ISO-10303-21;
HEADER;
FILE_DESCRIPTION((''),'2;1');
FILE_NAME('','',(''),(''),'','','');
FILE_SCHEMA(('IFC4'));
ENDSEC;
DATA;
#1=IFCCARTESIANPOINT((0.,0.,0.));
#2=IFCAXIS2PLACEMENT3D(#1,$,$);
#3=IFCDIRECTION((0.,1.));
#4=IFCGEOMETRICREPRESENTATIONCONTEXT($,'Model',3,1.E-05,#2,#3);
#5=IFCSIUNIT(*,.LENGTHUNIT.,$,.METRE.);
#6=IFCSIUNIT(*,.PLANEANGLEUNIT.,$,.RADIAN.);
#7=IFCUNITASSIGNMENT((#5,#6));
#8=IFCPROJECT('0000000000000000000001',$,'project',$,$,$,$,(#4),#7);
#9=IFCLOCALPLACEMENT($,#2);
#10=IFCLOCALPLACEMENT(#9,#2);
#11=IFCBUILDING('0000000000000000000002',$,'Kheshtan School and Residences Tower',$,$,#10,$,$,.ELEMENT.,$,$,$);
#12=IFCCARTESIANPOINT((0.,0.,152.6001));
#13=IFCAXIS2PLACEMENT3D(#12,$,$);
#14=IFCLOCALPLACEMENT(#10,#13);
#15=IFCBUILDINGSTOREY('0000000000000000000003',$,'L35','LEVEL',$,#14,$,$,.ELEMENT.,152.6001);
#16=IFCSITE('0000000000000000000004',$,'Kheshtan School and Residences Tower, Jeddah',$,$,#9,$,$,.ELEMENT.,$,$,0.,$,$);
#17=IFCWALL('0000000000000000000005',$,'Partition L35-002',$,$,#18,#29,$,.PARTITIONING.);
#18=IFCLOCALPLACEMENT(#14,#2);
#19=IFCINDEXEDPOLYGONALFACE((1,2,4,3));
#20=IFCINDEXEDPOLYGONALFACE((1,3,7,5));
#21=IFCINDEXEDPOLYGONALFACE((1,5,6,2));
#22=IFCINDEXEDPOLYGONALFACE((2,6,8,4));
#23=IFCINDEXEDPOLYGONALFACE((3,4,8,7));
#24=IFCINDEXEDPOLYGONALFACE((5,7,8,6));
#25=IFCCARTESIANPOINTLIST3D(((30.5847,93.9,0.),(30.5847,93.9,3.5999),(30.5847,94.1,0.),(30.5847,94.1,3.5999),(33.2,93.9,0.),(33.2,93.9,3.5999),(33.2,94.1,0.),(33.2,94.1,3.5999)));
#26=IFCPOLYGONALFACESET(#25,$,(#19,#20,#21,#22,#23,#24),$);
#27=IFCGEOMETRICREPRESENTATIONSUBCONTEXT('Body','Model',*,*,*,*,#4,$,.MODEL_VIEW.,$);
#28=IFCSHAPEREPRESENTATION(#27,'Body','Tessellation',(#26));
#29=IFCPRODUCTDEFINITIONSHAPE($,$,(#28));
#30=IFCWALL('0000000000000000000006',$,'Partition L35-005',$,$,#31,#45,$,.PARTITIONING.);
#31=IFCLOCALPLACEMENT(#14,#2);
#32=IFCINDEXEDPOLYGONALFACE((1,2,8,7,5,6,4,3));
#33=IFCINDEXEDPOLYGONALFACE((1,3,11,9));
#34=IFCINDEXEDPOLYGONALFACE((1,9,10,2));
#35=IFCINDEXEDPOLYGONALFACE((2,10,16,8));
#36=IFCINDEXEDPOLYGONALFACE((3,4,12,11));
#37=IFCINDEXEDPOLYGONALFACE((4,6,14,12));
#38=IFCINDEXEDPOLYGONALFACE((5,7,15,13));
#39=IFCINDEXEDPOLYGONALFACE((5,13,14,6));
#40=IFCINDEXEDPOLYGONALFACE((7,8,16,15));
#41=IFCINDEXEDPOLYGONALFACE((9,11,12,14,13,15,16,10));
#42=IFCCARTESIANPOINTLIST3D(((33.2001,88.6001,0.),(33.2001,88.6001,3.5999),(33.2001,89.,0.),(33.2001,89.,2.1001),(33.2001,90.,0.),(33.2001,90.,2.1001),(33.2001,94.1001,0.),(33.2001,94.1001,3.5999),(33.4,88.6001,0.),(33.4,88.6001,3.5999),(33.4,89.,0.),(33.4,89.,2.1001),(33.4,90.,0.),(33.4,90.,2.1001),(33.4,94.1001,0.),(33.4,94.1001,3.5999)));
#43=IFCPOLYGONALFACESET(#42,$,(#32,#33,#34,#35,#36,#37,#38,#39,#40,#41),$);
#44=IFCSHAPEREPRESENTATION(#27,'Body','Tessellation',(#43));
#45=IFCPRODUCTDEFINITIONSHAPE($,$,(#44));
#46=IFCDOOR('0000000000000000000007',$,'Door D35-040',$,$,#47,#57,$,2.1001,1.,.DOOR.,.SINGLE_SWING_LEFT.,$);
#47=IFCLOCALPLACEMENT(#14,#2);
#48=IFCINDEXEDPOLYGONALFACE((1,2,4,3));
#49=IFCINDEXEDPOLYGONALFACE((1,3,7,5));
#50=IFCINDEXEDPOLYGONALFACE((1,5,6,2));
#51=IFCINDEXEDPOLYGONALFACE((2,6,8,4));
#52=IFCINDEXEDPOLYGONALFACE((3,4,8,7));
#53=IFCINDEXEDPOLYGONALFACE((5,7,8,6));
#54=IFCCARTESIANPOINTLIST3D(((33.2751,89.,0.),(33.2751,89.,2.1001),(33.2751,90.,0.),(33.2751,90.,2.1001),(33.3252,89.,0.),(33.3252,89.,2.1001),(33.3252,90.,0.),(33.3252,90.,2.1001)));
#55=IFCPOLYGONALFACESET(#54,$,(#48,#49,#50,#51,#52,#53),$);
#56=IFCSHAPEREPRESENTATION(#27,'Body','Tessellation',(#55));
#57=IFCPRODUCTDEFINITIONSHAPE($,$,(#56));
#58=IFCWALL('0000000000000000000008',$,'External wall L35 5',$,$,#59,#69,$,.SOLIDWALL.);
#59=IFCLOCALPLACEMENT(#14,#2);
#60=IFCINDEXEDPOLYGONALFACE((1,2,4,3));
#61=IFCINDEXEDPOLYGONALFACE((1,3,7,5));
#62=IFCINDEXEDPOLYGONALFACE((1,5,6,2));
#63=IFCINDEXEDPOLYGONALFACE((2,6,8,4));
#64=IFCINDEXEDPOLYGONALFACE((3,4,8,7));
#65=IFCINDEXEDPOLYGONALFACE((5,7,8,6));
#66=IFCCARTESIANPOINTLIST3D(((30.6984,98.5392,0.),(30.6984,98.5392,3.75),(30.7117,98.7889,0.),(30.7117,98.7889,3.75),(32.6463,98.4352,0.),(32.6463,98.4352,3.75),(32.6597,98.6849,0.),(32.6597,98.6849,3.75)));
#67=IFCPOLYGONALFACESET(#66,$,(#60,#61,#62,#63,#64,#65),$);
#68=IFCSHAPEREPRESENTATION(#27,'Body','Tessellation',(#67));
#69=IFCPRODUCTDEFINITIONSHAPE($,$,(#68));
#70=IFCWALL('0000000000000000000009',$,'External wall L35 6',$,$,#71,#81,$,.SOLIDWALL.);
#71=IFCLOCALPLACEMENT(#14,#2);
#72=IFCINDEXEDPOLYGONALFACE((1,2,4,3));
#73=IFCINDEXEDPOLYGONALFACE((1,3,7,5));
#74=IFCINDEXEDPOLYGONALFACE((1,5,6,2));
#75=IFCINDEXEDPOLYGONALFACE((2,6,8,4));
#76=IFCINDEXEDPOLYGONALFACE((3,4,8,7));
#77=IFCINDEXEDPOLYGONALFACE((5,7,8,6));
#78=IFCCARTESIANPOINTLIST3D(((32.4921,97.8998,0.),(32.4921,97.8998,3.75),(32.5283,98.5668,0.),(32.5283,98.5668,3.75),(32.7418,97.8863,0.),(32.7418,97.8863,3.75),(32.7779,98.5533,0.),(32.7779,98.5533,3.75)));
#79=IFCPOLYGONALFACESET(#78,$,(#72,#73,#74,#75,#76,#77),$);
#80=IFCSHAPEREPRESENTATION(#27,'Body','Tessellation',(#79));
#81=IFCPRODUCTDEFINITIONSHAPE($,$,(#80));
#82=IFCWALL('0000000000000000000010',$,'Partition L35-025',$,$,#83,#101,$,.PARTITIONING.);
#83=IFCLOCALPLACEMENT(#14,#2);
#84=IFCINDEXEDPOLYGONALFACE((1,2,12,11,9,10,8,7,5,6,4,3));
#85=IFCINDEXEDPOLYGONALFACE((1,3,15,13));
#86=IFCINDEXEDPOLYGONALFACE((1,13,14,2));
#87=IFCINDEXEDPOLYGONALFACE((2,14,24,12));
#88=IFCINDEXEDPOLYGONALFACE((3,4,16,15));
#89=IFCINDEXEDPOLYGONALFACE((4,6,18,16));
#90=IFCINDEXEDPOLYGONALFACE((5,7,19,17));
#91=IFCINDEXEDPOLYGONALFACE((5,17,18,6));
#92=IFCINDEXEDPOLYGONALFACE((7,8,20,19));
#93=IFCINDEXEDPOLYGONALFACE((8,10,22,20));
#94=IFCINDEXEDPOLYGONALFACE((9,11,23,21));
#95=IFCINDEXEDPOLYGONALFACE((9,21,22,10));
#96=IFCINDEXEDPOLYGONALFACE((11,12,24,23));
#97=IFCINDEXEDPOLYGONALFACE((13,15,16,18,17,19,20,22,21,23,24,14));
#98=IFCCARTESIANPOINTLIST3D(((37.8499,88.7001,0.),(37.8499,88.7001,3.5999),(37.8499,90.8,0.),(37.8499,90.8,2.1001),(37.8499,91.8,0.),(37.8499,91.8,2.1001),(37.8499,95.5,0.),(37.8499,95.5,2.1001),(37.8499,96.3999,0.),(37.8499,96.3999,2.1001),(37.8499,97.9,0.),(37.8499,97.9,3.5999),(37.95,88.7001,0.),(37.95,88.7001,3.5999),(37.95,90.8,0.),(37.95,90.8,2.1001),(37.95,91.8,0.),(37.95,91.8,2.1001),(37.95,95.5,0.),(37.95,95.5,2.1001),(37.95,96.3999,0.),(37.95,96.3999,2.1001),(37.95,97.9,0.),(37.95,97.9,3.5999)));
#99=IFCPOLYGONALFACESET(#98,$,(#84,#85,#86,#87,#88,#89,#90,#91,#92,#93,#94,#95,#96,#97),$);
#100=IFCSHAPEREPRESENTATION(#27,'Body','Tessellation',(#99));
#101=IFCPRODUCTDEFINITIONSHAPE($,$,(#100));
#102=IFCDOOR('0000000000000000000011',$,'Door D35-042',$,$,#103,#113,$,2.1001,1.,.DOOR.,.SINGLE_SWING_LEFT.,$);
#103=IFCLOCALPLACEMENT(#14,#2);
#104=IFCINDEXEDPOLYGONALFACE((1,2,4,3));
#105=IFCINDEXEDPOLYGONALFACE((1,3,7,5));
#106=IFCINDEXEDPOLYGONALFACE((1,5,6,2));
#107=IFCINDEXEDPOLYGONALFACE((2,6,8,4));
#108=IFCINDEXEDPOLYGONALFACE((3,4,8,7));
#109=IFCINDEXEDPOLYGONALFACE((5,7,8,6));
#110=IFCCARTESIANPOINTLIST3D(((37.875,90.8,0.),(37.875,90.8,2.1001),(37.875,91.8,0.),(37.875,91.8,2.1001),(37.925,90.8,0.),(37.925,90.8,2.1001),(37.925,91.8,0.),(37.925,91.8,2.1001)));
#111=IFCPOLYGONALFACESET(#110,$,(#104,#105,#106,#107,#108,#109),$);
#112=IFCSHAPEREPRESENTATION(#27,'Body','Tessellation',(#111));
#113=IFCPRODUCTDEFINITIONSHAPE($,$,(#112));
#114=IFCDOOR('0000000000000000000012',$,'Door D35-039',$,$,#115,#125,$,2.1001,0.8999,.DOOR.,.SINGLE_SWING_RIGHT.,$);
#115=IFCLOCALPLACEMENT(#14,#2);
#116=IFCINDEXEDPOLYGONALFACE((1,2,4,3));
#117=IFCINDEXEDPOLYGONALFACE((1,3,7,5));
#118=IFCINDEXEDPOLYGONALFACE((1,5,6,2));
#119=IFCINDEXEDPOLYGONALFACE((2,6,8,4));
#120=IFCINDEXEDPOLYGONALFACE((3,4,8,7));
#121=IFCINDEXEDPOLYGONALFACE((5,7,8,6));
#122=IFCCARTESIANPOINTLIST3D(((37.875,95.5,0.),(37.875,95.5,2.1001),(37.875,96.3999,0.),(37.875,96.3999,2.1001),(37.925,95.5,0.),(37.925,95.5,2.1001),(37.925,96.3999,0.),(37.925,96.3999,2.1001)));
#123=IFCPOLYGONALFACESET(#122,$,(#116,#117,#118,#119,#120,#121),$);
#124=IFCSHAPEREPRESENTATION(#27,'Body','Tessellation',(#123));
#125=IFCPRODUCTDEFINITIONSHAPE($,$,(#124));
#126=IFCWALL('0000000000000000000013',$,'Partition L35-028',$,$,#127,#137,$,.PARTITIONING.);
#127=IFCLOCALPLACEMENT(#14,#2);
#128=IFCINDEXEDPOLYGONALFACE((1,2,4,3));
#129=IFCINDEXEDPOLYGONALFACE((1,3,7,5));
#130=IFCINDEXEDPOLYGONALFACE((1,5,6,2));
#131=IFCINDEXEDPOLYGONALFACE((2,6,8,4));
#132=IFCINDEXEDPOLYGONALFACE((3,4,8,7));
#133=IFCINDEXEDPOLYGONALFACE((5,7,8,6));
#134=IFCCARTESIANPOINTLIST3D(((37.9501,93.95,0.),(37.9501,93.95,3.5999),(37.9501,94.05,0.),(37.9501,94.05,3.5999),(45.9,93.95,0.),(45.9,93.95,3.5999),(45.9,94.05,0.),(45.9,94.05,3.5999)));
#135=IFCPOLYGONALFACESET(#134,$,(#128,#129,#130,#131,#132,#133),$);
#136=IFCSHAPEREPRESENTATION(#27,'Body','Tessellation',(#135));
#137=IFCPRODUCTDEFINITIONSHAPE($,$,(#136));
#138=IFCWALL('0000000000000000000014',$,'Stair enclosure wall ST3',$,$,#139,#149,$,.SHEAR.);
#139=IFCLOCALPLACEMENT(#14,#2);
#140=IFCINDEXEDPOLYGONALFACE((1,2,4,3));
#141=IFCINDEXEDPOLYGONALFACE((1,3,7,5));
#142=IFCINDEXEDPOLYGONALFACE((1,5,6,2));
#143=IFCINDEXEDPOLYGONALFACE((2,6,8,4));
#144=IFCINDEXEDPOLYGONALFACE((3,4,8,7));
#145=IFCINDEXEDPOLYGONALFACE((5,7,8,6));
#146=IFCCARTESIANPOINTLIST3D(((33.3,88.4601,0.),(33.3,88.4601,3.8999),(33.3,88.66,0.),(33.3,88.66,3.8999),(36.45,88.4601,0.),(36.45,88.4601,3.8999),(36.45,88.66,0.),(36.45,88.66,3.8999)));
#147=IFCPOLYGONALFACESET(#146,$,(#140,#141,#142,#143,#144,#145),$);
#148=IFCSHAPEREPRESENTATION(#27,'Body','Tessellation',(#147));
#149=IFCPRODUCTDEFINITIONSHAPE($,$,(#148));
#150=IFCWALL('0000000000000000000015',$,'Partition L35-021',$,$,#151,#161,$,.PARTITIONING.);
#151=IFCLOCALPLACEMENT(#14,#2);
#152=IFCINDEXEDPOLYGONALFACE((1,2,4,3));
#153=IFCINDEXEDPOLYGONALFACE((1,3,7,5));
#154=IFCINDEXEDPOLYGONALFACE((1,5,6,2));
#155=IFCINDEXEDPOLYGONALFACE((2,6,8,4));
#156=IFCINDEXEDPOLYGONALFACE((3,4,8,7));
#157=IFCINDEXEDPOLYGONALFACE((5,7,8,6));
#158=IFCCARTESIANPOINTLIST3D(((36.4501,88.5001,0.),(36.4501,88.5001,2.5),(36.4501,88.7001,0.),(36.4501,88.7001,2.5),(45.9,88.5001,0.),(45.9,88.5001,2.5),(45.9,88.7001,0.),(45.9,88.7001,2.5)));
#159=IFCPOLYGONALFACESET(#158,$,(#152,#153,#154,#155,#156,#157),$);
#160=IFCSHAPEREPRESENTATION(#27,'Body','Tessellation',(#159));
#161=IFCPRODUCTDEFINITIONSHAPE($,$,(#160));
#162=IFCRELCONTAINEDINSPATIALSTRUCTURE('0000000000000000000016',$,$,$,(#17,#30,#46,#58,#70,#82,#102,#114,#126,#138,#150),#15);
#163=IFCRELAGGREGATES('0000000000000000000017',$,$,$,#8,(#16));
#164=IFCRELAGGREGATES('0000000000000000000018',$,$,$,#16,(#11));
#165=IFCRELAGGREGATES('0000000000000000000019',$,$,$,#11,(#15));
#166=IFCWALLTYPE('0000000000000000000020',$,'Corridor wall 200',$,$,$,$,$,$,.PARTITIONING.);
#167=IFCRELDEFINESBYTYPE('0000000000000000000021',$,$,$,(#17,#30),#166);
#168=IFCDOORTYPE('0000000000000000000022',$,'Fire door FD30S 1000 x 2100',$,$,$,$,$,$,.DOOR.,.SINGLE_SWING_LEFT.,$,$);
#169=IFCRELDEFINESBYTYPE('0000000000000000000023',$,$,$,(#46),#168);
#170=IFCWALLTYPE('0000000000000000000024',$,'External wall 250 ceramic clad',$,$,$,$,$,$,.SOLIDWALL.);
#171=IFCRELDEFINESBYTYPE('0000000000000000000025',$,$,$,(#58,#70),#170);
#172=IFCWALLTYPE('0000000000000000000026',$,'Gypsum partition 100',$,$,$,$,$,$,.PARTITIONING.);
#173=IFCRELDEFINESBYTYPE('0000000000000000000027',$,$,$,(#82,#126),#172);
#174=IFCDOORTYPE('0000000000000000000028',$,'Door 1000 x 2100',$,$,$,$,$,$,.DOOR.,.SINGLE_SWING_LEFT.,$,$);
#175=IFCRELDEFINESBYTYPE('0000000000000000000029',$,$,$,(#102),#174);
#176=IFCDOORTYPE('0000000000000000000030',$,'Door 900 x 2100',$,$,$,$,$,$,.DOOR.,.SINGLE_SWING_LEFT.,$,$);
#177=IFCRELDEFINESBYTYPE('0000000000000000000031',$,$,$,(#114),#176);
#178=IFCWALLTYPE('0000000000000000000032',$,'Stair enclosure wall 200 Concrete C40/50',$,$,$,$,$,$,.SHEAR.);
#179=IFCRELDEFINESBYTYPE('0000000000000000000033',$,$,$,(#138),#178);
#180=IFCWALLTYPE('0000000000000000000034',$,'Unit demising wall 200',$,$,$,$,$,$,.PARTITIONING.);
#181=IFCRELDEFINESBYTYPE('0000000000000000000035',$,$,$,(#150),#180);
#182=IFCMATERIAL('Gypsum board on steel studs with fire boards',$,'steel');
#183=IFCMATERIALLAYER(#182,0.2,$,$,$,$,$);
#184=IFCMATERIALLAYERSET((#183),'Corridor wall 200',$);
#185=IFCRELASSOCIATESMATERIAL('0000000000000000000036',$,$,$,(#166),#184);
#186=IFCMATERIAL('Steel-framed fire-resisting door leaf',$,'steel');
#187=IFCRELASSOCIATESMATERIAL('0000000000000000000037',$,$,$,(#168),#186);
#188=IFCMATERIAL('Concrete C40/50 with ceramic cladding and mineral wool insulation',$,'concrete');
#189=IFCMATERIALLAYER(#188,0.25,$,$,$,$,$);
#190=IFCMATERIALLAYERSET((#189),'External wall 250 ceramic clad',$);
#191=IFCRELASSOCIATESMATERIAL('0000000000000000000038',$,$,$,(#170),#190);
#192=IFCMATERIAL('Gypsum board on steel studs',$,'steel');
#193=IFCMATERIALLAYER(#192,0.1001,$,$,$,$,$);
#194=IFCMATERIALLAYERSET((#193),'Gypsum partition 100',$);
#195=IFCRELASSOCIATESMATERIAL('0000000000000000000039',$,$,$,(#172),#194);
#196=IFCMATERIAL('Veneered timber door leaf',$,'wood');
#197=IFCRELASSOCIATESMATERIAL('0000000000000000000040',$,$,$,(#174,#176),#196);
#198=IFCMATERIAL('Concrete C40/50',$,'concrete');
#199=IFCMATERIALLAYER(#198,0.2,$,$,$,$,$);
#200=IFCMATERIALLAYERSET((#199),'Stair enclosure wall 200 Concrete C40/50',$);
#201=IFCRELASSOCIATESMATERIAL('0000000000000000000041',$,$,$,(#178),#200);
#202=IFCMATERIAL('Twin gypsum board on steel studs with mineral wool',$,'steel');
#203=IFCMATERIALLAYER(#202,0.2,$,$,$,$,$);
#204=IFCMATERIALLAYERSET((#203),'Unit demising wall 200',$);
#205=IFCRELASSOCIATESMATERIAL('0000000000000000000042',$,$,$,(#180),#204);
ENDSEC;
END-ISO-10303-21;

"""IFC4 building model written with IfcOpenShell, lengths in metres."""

from ifc_helpers import new_model, si_unit, direction, frame, frame_2d, origin, place, context, subcontext, project, spatial, rectangle, extrude, source, transform, mapped, material, layer, layer_set, type_object, element, fill, save


model = new_model("IFC4")

# Units and contexts
model_context = context("Model", 3, precision=1e-05, world=origin(), true_north=direction((0.0, 1.0)))
body_context = subcontext(model_context, "Body", "Model", "MODEL_VIEW")
ifc_project = project(units=[si_unit("LENGTHUNIT", "METRE"), si_unit("PLANEANGLEUNIT", "RADIAN")], contexts=[model_context])

# Site, building, storey
site_placement = place(None, origin())
site = spatial("IfcSite", under=ifc_project, at=site_placement, Name="Kheshtan School and Residences Tower, Jeddah", CompositionType="ELEMENT", RefElevation=0.0)
building_placement = place(site_placement, origin())
building = spatial("IfcBuilding", under=site, at=building_placement, Name="Kheshtan School and Residences Tower", CompositionType="ELEMENT")
storey_placement = place(building_placement, frame((0.0, 0.0, 152.6001)))
storey = spatial("IfcBuildingStorey", under=building, at=storey_placement, Name="L35", Description="LEVEL", CompositionType="ELEMENT", Elevation=152.6001)

# Wall
ifc_material_1 = material(Name="Gypsum board on steel studs with fire boards", Category="steel")
ifc_layer_1 = layer(ifc_material_1, 0.2)
ifc_layer_set_1 = layer_set([ifc_layer_1], Name="Corridor wall 200")
wall_type_1 = type_object("IfcWallType", Name="Corridor wall 200", PredefinedType="PARTITIONING", material=ifc_layer_set_1)
wall_1_placement = place(storey_placement, frame((30.5847, 94.0, 0.0), z_axis=(0.0, 0.0, 1.0), x_axis=(1.0, 0.0, 0.0)))
element("IfcWall", 1, at=wall_1_placement, inside=storey, type_object=wall_type_1, Name="Partition L35-002", PredefinedType="PARTITIONING", context=body_context, shape_type="SweptSolid", body=[
    extrude(rectangle(XDim=2.6152, YDim=0.2, at=frame_2d((1.3076, 0.0))), origin(), (0.0, 0.0, 1.0), 3.5999),
])

# Wall, opening, door
wall_2_placement = place(storey_placement, frame((33.3, 88.6001, 0.0), z_axis=(0.0, 0.0, 1.0), x_axis=(0.0, 1.0, 0.0)))
wall_2 = element("IfcWall", 2, at=wall_2_placement, inside=storey, type_object=wall_type_1, Name="Partition L35-005", PredefinedType="PARTITIONING", context=body_context, shape_type="SweptSolid", body=[
    extrude(rectangle(XDim=5.5, YDim=0.2, at=frame_2d((2.75, 0.0))), origin(), (0.0, 0.0, 1.0), 3.5999),
])
opening_1_placement = place(wall_2_placement, frame((0.3999, 0.0, 0.0)))
opening_1 = element("IfcOpeningElement", 3, at=opening_1_placement, cuts=wall_2, PredefinedType="OPENING", context=body_context, shape_type="SweptSolid", body=[
    extrude(rectangle(XDim=1.0, YDim=2.1001, at=frame_2d((0.5, 1.05))), frame((0.0, 0.1099, 0.0), z_axis=(0.0, -1.0, 0.0), x_axis=(1.0, 0.0, 0.0)), (0.0, 0.0, 1.0), 0.22),
])
ifc_material_2 = material(Name="Steel-framed fire-resisting door leaf", Category="steel")
door_type_1 = type_object("IfcDoorType", Name="Fire door FD30S 1000 x 2100", OperationType="SINGLE_SWING_LEFT", PredefinedType="DOOR", material=ifc_material_2)
shared_shape_1 = source(origin(), body_context, "Body", "SweptSolid", [
    extrude(rectangle(XDim=1.0, YDim=2.1001, at=frame_2d((0.5, 1.05))), frame((0.0, 0.0249, 0.0), z_axis=(0.0, -1.0, 0.0), x_axis=(1.0, 0.0, 0.0)), (0.0, 0.0, 1.0), 0.05),
])
door_1_placement = place(opening_1_placement, origin())
door_1 = element("IfcDoor", 4, at=door_1_placement, inside=storey, type_object=door_type_1, Name="Door D35-040", OperationType="SINGLE_SWING_LEFT", OverallHeight=2.1001, OverallWidth=1.0, PredefinedType="DOOR", context=body_context, shape_type="MappedRepresentation", body=[
    mapped(shared_shape_1, transform((0.0, 0.0, 0.0), x_axis=(1.0, 0.0, 0.0), y_axis=(0.0, 1.0, 0.0), z_axis=(0.0, 0.0, 1.0), scale=1.0)),
])
fill(opening_1, door_1)

# Walls
ifc_material_3 = material(Name="Concrete C40/50 with ceramic cladding and mineral wool insulation", Category="concrete")
ifc_layer_2 = layer(ifc_material_3, 0.25)
ifc_layer_set_2 = layer_set([ifc_layer_2], Name="External wall 250 ceramic clad")
wall_type_2 = type_object("IfcWallType", Name="External wall 250 ceramic clad", PredefinedType="SOLIDWALL", material=ifc_layer_set_2)
wall_3_placement = place(storey_placement, frame((30.7051, 98.6641, 0.0), z_axis=(0.0, 0.0, 1.0), x_axis=(0.998578, -0.053314, 0.0)))
element("IfcWall", 5, at=wall_3_placement, inside=storey, type_object=wall_type_2, Name="External wall L35 5", PredefinedType="SOLIDWALL", context=body_context, shape_type="SweptSolid", body=[
    extrude(rectangle(XDim=1.9507, YDim=0.25, at=frame_2d((0.9753, 0.0))), origin(), (0.0, 0.0, 1.0), 3.75),
])
wall_4_placement = place(storey_placement, frame((32.6531, 98.5601, 0.0), z_axis=(0.0, 0.0, 1.0), x_axis=(-0.054093, -0.998536, 0.0)))
element("IfcWall", 6, at=wall_4_placement, inside=storey, type_object=wall_type_2, Name="External wall L35 6", PredefinedType="SOLIDWALL", context=body_context, shape_type="SweptSolid", body=[
    extrude(rectangle(XDim=0.668, YDim=0.25, at=frame_2d((0.334, 0.0))), origin(), (0.0, 0.0, 1.0), 3.75),
])

# Wall, openings, doors
ifc_material_4 = material(Name="Gypsum board on steel studs", Category="steel")
ifc_layer_3 = layer(ifc_material_4, 0.1001)
ifc_layer_set_3 = layer_set([ifc_layer_3], Name="Gypsum partition 100")
wall_type_3 = type_object("IfcWallType", Name="Gypsum partition 100", PredefinedType="PARTITIONING", material=ifc_layer_set_3)
wall_5_placement = place(storey_placement, frame((37.8999, 88.7, 0.0), z_axis=(0.0, 0.0, 1.0), x_axis=(0.0, 1.0, 0.0)))
wall_5 = element("IfcWall", 7, at=wall_5_placement, inside=storey, type_object=wall_type_3, Name="Partition L35-025", PredefinedType="PARTITIONING", context=body_context, shape_type="SweptSolid", body=[
    extrude(rectangle(XDim=9.2, YDim=0.1001, at=frame_2d((4.6001, 0.0))), origin(), (0.0, 0.0, 1.0), 3.5999),
])
opening_2_placement = place(wall_5_placement, frame((6.8, 0.0, 0.0)))
opening_2 = element("IfcOpeningElement", 8, at=opening_2_placement, cuts=wall_5, PredefinedType="OPENING", context=body_context, shape_type="SweptSolid", body=[
    extrude(rectangle(XDim=0.8999, YDim=2.1001, at=frame_2d((0.45, 1.05))), frame((0.0, 0.0601, 0.0), z_axis=(0.0, -1.0, 0.0), x_axis=(1.0, 0.0, 0.0)), (0.0, 0.0, 1.0), 0.1201),
])
opening_3_placement = place(wall_5_placement, frame((2.1001, 0.0, 0.0)))
opening_3 = element("IfcOpeningElement", 9, at=opening_3_placement, cuts=wall_5, PredefinedType="OPENING", context=body_context, shape_type="SweptSolid", body=[
    extrude(rectangle(XDim=1.0, YDim=2.1001, at=frame_2d((0.5, 1.05))), frame((0.0, 0.0601, 0.0), z_axis=(0.0, -1.0, 0.0), x_axis=(1.0, 0.0, 0.0)), (0.0, 0.0, 1.0), 0.1201),
])
ifc_material_5 = material(Name="Veneered timber door leaf", Category="wood")
door_type_2 = type_object("IfcDoorType", Name="Door 1000 x 2100", OperationType="SINGLE_SWING_LEFT", PredefinedType="DOOR", material=ifc_material_5)
shared_shape_2 = source(origin(), body_context, "Body", "SweptSolid", [
    extrude(rectangle(XDim=1.0, YDim=2.1001, at=frame_2d((0.5, 1.05))), frame((0.0, 0.0249, 0.0), z_axis=(0.0, -1.0, 0.0), x_axis=(1.0, 0.0, 0.0)), (0.0, 0.0, 1.0), 0.05),
])
door_2_placement = place(opening_3_placement, origin())
door_2 = element("IfcDoor", 10, at=door_2_placement, inside=storey, type_object=door_type_2, Name="Door D35-042", OperationType="SINGLE_SWING_LEFT", OverallHeight=2.1001, OverallWidth=1.0, PredefinedType="DOOR", context=body_context, shape_type="MappedRepresentation", body=[
    mapped(shared_shape_2, transform((0.0, 0.0, 0.0), x_axis=(1.0, 0.0, 0.0), y_axis=(0.0, 1.0, 0.0), z_axis=(0.0, 0.0, 1.0), scale=1.0)),
])
fill(opening_3, door_2)
door_type_3 = type_object("IfcDoorType", Name="Door 900 x 2100", OperationType="SINGLE_SWING_LEFT", PredefinedType="DOOR", material=ifc_material_5)
shared_shape_3 = source(origin(), body_context, "Body", "SweptSolid", [
    extrude(rectangle(XDim=0.8999, YDim=2.1001, at=frame_2d((0.45, 1.05))), frame((0.0, 0.0249, 0.0), z_axis=(0.0, -1.0, 0.0), x_axis=(1.0, 0.0, 0.0)), (0.0, 0.0, 1.0), 0.05),
])
door_3_placement = place(opening_2_placement, origin())
door_3 = element("IfcDoor", 11, at=door_3_placement, inside=storey, type_object=door_type_3, Name="Door D35-039", OperationType="SINGLE_SWING_RIGHT", OverallHeight=2.1001, OverallWidth=0.8999, PredefinedType="DOOR", context=body_context, shape_type="MappedRepresentation", body=[
    mapped(shared_shape_3, transform((0.0, 0.0, 0.0), x_axis=(1.0, 0.0, 0.0), y_axis=(0.0, 1.0, 0.0), z_axis=(0.0, 0.0, 1.0), scale=1.0)),
])
fill(opening_2, door_3)

# Walls
wall_6_placement = place(storey_placement, frame((37.95, 94.0, 0.0), z_axis=(0.0, 0.0, 1.0), x_axis=(1.0, 0.0, 0.0)))
element("IfcWall", 12, at=wall_6_placement, inside=storey, type_object=wall_type_3, Name="Partition L35-028", PredefinedType="PARTITIONING", context=body_context, shape_type="SweptSolid", body=[
    extrude(rectangle(XDim=7.95, YDim=0.1001, at=frame_2d((3.9751, 0.0))), origin(), (0.0, 0.0, 1.0), 3.5999),
])
ifc_material_6 = material(Name="Concrete C40/50", Category="concrete")
ifc_layer_4 = layer(ifc_material_6, 0.2)
ifc_layer_set_4 = layer_set([ifc_layer_4], Name="Stair enclosure wall 200 Concrete C40/50")
wall_type_4 = type_object("IfcWallType", Name="Stair enclosure wall 200 Concrete C40/50", PredefinedType="SHEAR", material=ifc_layer_set_4)
wall_7_placement = place(storey_placement, frame((33.3, 88.5601, 0.0), z_axis=(0.0, 0.0, 1.0), x_axis=(1.0, 0.0, 0.0)))
element("IfcWall", 13, at=wall_7_placement, inside=storey, type_object=wall_type_4, Name="Stair enclosure wall ST3", PredefinedType="SHEAR", context=body_context, shape_type="SweptSolid", body=[
    extrude(rectangle(XDim=3.1499, YDim=0.2, at=frame_2d((1.575, 0.0))), origin(), (0.0, 0.0, 1.0), 3.8999),
])
ifc_material_7 = material(Name="Twin gypsum board on steel studs with mineral wool", Category="steel")
ifc_layer_5 = layer(ifc_material_7, 0.2)
ifc_layer_set_5 = layer_set([ifc_layer_5], Name="Unit demising wall 200")
wall_type_5 = type_object("IfcWallType", Name="Unit demising wall 200", PredefinedType="PARTITIONING", material=ifc_layer_set_5)
wall_8_placement = place(storey_placement, frame((36.45, 88.6001, 0.0), z_axis=(0.0, 0.0, 1.0), x_axis=(1.0, 0.0, 0.0)))
element("IfcWall", 14, at=wall_8_placement, inside=storey, type_object=wall_type_5, Name="Partition L35-021", PredefinedType="PARTITIONING", context=body_context, shape_type="SweptSolid", body=[
    extrude(rectangle(XDim=9.45, YDim=0.2, at=frame_2d((4.7251, 0.0))), origin(), (0.0, 0.0, 1.0), 2.5),
])

save(model, "model.ifc")
